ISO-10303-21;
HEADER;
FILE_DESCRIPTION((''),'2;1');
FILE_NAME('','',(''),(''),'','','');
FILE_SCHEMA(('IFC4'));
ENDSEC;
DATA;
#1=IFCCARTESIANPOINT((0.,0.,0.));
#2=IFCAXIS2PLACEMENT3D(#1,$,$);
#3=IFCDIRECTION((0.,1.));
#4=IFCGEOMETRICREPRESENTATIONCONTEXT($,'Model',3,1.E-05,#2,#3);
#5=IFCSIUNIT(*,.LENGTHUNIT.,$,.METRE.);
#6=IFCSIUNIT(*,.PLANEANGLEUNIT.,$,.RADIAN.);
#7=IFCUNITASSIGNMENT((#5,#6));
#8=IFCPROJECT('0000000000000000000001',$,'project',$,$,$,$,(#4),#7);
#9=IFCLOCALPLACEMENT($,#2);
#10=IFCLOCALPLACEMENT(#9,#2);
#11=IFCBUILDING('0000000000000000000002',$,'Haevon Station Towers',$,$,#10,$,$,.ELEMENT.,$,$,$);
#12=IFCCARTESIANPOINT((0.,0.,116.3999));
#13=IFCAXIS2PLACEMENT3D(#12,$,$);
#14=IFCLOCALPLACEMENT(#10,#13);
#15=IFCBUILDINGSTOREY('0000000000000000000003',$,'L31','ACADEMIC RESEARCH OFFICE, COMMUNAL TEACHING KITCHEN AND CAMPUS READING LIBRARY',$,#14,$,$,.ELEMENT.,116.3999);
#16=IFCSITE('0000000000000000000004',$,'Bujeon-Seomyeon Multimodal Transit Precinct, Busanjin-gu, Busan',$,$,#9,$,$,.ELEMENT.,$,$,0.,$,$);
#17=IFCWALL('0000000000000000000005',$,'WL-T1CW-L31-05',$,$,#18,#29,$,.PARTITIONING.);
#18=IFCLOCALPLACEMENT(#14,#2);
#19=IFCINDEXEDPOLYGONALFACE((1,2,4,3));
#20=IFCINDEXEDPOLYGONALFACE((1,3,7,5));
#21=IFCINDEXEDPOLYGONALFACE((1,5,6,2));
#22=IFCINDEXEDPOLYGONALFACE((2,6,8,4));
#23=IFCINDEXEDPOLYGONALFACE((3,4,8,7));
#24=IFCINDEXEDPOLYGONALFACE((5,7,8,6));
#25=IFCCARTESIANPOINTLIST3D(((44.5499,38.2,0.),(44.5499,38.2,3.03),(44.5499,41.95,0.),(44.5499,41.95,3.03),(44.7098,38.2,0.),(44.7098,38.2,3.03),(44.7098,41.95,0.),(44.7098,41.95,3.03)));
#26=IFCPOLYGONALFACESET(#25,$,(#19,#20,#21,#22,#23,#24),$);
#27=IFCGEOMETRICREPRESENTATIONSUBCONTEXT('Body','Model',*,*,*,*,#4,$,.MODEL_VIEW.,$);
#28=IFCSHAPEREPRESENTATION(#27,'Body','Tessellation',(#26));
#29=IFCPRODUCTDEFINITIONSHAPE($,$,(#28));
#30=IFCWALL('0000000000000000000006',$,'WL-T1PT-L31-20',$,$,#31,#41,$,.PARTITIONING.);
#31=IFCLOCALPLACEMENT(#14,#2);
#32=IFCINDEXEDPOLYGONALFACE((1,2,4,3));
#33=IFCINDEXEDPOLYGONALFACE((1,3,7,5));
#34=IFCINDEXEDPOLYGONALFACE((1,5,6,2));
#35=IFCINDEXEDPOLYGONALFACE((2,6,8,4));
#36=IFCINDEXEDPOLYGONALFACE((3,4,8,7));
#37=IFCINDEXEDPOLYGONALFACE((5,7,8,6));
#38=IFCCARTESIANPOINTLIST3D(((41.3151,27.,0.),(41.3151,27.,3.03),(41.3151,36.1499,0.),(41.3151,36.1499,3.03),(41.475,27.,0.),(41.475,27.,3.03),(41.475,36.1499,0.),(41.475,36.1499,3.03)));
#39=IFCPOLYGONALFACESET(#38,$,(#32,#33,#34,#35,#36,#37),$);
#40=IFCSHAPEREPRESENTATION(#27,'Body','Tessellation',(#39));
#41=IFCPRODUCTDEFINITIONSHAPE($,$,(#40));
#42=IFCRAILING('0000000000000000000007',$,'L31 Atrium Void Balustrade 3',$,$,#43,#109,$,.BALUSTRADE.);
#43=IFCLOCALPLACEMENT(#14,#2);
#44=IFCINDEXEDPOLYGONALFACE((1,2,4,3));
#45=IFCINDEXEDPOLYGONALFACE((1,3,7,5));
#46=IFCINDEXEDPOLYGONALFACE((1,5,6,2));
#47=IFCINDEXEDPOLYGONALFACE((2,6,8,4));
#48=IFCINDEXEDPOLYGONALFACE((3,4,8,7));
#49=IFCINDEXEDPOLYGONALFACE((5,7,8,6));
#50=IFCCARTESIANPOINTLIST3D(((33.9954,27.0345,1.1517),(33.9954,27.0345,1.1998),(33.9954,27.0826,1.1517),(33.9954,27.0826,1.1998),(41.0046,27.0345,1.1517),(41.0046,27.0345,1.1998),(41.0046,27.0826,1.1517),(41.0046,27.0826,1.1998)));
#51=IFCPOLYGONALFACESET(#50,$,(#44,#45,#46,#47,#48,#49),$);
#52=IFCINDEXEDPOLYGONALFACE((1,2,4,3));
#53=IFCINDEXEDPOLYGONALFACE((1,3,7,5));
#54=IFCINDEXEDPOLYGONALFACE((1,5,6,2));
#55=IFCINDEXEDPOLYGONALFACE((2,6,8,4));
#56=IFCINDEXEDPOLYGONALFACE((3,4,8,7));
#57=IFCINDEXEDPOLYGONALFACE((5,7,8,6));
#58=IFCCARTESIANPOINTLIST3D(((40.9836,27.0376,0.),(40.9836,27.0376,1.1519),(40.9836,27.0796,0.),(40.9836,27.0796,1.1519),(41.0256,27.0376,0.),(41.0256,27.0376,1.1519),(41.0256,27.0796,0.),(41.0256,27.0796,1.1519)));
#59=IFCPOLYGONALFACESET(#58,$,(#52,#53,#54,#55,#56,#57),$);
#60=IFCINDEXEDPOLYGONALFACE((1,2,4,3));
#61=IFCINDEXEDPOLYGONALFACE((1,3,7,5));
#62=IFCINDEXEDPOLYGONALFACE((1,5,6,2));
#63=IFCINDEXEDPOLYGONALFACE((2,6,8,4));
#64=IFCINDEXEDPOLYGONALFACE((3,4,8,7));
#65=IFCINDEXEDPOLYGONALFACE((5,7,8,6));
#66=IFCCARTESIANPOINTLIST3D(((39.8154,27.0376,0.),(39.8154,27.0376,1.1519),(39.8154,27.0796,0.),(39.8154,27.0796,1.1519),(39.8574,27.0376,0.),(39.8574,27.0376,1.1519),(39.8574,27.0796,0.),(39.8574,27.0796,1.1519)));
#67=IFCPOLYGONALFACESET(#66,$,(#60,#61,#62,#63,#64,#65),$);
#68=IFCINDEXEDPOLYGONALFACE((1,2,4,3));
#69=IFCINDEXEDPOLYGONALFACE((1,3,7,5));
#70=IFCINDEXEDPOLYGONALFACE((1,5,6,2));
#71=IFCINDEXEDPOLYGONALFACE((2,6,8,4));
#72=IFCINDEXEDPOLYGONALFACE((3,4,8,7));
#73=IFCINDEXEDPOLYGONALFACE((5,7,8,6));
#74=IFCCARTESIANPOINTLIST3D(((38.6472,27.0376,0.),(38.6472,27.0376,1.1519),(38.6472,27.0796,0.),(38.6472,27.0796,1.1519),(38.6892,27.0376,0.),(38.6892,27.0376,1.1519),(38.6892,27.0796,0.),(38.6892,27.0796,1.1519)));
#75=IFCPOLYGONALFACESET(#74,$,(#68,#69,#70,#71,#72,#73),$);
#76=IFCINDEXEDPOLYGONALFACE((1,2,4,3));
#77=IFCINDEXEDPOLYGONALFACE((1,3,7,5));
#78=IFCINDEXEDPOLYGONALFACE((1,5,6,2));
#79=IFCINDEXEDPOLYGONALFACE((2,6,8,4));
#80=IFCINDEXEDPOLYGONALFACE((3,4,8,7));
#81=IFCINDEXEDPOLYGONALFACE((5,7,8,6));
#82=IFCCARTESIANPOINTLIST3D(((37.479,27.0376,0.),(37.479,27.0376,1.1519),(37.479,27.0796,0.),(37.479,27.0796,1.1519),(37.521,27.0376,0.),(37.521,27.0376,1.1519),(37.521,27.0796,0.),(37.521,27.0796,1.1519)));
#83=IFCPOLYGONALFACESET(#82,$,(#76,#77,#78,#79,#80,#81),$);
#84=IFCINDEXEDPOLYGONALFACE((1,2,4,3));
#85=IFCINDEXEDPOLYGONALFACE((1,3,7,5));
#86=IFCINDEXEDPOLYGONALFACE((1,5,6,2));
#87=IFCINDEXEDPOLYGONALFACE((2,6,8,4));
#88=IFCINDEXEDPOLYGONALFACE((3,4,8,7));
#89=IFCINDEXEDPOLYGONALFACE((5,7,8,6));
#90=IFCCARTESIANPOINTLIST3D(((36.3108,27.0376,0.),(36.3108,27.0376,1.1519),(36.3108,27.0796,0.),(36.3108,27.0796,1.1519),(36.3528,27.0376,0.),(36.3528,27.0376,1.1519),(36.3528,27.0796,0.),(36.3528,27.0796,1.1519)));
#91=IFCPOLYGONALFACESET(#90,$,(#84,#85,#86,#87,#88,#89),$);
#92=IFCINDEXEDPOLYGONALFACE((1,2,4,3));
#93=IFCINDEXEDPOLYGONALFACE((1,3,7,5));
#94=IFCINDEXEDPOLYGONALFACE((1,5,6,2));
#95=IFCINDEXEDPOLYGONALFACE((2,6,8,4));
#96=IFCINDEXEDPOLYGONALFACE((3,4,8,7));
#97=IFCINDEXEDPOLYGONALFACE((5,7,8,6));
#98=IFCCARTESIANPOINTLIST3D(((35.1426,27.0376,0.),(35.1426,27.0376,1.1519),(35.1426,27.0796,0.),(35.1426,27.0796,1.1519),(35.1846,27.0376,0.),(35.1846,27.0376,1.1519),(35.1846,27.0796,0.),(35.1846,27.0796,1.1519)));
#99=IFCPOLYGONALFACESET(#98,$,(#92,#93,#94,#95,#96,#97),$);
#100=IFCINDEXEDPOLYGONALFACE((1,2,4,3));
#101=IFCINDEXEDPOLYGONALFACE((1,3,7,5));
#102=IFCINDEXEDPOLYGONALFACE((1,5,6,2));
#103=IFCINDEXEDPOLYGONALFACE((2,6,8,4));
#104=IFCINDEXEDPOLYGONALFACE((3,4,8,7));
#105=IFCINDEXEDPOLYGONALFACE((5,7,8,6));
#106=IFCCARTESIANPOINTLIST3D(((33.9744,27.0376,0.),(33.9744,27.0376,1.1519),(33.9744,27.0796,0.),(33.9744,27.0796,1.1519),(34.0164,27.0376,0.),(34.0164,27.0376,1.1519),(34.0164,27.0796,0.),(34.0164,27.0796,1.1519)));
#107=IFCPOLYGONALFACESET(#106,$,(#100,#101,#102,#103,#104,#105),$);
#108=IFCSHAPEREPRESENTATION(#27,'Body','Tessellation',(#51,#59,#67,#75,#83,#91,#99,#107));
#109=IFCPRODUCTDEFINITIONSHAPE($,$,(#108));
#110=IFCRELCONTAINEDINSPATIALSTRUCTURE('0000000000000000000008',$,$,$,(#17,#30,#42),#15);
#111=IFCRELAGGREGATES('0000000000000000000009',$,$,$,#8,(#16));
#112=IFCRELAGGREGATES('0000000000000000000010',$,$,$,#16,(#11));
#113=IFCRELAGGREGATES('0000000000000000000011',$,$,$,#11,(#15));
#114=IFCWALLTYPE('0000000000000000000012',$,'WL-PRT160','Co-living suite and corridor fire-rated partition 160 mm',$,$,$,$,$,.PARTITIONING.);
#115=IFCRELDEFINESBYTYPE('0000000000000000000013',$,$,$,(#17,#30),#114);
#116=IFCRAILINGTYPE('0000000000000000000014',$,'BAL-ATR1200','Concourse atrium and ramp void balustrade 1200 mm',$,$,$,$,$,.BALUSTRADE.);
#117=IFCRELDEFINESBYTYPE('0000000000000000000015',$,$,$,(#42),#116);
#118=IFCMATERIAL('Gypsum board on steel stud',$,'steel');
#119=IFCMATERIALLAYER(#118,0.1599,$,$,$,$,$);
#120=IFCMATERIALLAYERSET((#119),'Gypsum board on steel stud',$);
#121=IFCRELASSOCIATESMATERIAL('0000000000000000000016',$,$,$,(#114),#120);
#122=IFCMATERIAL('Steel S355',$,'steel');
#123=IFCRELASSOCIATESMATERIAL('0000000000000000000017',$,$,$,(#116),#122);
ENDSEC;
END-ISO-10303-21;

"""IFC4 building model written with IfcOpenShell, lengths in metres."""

from ifc_helpers import new_model, si_unit, direction, frame, frame_2d, origin, origin_2d, place, context, subcontext, project, spatial, rectangle, extrude, material, layer, layer_set, type_object, element, save


model = new_model("IFC4")

# Units and contexts
model_context = context("Model", 3, precision=1e-05, world=origin(), true_north=direction((0.0, 1.0)))
body_context = subcontext(model_context, "Body", "Model", "MODEL_VIEW")
ifc_project = project(units=[si_unit("LENGTHUNIT", "METRE"), si_unit("PLANEANGLEUNIT", "RADIAN")], contexts=[model_context])

# Site, building, storey
site_placement = place(None, origin())
site = spatial("IfcSite", under=ifc_project, at=site_placement, Name="Bujeon-Seomyeon Multimodal Transit Precinct, Busanjin-gu, Busan", CompositionType="ELEMENT", RefElevation=0.0)
building_placement = place(site_placement, origin())
building = spatial("IfcBuilding", under=site, at=building_placement, Name="Haevon Station Towers", CompositionType="ELEMENT")
storey_placement = place(building_placement, frame((0.0, 0.0, 116.3999)))
storey = spatial("IfcBuildingStorey", under=building, at=storey_placement, Name="L31", Description="ACADEMIC RESEARCH OFFICE, COMMUNAL TEACHING KITCHEN AND CAMPUS READING LIBRARY", CompositionType="ELEMENT", Elevation=116.3999)

# Shared definitions
ifc_material_1 = material(Name="Steel S355", Category="steel")

# Walls
ifc_material_2 = material(Name="Gypsum board on steel stud", Category="steel")
ifc_layer_1 = layer(ifc_material_2, 0.1599)
ifc_layer_set_1 = layer_set([ifc_layer_1], Name="Gypsum board on steel stud")
wall_type_1 = type_object("IfcWallType", Name="WL-PRT160", Description="Co-living suite and corridor fire-rated partition 160 mm", PredefinedType="PARTITIONING", material=ifc_layer_set_1)
for number, where, z_axis, x_axis, name in (
    (1, (44.6299, 38.2, 0.0), (0.0, 0.0, 1.0), (0.0, 1.0, 0.0), "WL-T1CW-L31-05"),
):
    element("IfcWall", number, at=place(storey_placement, frame(where, z_axis=z_axis, x_axis=x_axis)), inside=storey, type_object=wall_type_1, Name=name, PredefinedType="PARTITIONING", context=body_context, shape_type="SweptSolid", body=[
        extrude(rectangle(XDim=3.75, YDim=0.1599, at=frame_2d((1.875, 0.0))), origin(), (0.0, 0.0, 1.0), 3.03),
    ])
wall_1_placement = place(storey_placement, frame((41.395, 27.0, 0.0), z_axis=(0.0, 0.0, 1.0), x_axis=(0.0, 1.0, 0.0)))
element("IfcWall", 2, at=wall_1_placement, inside=storey, type_object=wall_type_1, Name="WL-T1PT-L31-20", PredefinedType="PARTITIONING", context=body_context, shape_type="SweptSolid", body=[
    extrude(rectangle(XDim=9.1499, YDim=0.1599, at=frame_2d((4.575, 0.0))), origin(), (0.0, 0.0, 1.0), 3.03),
])

# Railing
railing_type = type_object("IfcRailingType", Name="BAL-ATR1200", Description="Concourse atrium and ramp void balustrade 1200 mm", PredefinedType="BALUSTRADE", material=ifc_material_1)
railing_placement = place(storey_placement, frame((41.0046, 27.0586, 0.0)))
element("IfcRailing", 3, at=railing_placement, inside=storey, type_object=railing_type, Name="L31 Atrium Void Balustrade 3", PredefinedType="BALUSTRADE", context=body_context, shape_type="SweptSolid", body=[
    extrude(rectangle(XDim=0.0481, YDim=0.0481, at=origin_2d()), frame((0.0, 0.0, 1.1758), z_axis=(-1.0, 0.0, 0.0), x_axis=(0.0, -1.0, 0.0)), (0.0, 0.0, 1.0), 7.0093),
    extrude(rectangle(XDim=0.042, YDim=0.042, at=origin_2d()), origin(), (0.0, 0.0, 1.0), 1.1519),
    extrude(rectangle(XDim=0.042, YDim=0.042, at=origin_2d()), frame((-1.1682, 0.0, 0.0)), (0.0, 0.0, 1.0), 1.1519),
    extrude(rectangle(XDim=0.042, YDim=0.042, at=origin_2d()), frame((-2.3364, 0.0, 0.0)), (0.0, 0.0, 1.0), 1.1519),
    extrude(rectangle(XDim=0.042, YDim=0.042, at=origin_2d()), frame((-3.5046, 0.0, 0.0)), (0.0, 0.0, 1.0), 1.1519),
    extrude(rectangle(XDim=0.042, YDim=0.042, at=origin_2d()), frame((-4.6729, 0.0, 0.0)), (0.0, 0.0, 1.0), 1.1519),
    extrude(rectangle(XDim=0.042, YDim=0.042, at=origin_2d()), frame((-5.8411, 0.0, 0.0)), (0.0, 0.0, 1.0), 1.1519),
    extrude(rectangle(XDim=0.042, YDim=0.042, at=origin_2d()), frame((-7.0093, 0.0, 0.0)), (0.0, 0.0, 1.0), 1.1519),
])

save(model, "model.ifc")
